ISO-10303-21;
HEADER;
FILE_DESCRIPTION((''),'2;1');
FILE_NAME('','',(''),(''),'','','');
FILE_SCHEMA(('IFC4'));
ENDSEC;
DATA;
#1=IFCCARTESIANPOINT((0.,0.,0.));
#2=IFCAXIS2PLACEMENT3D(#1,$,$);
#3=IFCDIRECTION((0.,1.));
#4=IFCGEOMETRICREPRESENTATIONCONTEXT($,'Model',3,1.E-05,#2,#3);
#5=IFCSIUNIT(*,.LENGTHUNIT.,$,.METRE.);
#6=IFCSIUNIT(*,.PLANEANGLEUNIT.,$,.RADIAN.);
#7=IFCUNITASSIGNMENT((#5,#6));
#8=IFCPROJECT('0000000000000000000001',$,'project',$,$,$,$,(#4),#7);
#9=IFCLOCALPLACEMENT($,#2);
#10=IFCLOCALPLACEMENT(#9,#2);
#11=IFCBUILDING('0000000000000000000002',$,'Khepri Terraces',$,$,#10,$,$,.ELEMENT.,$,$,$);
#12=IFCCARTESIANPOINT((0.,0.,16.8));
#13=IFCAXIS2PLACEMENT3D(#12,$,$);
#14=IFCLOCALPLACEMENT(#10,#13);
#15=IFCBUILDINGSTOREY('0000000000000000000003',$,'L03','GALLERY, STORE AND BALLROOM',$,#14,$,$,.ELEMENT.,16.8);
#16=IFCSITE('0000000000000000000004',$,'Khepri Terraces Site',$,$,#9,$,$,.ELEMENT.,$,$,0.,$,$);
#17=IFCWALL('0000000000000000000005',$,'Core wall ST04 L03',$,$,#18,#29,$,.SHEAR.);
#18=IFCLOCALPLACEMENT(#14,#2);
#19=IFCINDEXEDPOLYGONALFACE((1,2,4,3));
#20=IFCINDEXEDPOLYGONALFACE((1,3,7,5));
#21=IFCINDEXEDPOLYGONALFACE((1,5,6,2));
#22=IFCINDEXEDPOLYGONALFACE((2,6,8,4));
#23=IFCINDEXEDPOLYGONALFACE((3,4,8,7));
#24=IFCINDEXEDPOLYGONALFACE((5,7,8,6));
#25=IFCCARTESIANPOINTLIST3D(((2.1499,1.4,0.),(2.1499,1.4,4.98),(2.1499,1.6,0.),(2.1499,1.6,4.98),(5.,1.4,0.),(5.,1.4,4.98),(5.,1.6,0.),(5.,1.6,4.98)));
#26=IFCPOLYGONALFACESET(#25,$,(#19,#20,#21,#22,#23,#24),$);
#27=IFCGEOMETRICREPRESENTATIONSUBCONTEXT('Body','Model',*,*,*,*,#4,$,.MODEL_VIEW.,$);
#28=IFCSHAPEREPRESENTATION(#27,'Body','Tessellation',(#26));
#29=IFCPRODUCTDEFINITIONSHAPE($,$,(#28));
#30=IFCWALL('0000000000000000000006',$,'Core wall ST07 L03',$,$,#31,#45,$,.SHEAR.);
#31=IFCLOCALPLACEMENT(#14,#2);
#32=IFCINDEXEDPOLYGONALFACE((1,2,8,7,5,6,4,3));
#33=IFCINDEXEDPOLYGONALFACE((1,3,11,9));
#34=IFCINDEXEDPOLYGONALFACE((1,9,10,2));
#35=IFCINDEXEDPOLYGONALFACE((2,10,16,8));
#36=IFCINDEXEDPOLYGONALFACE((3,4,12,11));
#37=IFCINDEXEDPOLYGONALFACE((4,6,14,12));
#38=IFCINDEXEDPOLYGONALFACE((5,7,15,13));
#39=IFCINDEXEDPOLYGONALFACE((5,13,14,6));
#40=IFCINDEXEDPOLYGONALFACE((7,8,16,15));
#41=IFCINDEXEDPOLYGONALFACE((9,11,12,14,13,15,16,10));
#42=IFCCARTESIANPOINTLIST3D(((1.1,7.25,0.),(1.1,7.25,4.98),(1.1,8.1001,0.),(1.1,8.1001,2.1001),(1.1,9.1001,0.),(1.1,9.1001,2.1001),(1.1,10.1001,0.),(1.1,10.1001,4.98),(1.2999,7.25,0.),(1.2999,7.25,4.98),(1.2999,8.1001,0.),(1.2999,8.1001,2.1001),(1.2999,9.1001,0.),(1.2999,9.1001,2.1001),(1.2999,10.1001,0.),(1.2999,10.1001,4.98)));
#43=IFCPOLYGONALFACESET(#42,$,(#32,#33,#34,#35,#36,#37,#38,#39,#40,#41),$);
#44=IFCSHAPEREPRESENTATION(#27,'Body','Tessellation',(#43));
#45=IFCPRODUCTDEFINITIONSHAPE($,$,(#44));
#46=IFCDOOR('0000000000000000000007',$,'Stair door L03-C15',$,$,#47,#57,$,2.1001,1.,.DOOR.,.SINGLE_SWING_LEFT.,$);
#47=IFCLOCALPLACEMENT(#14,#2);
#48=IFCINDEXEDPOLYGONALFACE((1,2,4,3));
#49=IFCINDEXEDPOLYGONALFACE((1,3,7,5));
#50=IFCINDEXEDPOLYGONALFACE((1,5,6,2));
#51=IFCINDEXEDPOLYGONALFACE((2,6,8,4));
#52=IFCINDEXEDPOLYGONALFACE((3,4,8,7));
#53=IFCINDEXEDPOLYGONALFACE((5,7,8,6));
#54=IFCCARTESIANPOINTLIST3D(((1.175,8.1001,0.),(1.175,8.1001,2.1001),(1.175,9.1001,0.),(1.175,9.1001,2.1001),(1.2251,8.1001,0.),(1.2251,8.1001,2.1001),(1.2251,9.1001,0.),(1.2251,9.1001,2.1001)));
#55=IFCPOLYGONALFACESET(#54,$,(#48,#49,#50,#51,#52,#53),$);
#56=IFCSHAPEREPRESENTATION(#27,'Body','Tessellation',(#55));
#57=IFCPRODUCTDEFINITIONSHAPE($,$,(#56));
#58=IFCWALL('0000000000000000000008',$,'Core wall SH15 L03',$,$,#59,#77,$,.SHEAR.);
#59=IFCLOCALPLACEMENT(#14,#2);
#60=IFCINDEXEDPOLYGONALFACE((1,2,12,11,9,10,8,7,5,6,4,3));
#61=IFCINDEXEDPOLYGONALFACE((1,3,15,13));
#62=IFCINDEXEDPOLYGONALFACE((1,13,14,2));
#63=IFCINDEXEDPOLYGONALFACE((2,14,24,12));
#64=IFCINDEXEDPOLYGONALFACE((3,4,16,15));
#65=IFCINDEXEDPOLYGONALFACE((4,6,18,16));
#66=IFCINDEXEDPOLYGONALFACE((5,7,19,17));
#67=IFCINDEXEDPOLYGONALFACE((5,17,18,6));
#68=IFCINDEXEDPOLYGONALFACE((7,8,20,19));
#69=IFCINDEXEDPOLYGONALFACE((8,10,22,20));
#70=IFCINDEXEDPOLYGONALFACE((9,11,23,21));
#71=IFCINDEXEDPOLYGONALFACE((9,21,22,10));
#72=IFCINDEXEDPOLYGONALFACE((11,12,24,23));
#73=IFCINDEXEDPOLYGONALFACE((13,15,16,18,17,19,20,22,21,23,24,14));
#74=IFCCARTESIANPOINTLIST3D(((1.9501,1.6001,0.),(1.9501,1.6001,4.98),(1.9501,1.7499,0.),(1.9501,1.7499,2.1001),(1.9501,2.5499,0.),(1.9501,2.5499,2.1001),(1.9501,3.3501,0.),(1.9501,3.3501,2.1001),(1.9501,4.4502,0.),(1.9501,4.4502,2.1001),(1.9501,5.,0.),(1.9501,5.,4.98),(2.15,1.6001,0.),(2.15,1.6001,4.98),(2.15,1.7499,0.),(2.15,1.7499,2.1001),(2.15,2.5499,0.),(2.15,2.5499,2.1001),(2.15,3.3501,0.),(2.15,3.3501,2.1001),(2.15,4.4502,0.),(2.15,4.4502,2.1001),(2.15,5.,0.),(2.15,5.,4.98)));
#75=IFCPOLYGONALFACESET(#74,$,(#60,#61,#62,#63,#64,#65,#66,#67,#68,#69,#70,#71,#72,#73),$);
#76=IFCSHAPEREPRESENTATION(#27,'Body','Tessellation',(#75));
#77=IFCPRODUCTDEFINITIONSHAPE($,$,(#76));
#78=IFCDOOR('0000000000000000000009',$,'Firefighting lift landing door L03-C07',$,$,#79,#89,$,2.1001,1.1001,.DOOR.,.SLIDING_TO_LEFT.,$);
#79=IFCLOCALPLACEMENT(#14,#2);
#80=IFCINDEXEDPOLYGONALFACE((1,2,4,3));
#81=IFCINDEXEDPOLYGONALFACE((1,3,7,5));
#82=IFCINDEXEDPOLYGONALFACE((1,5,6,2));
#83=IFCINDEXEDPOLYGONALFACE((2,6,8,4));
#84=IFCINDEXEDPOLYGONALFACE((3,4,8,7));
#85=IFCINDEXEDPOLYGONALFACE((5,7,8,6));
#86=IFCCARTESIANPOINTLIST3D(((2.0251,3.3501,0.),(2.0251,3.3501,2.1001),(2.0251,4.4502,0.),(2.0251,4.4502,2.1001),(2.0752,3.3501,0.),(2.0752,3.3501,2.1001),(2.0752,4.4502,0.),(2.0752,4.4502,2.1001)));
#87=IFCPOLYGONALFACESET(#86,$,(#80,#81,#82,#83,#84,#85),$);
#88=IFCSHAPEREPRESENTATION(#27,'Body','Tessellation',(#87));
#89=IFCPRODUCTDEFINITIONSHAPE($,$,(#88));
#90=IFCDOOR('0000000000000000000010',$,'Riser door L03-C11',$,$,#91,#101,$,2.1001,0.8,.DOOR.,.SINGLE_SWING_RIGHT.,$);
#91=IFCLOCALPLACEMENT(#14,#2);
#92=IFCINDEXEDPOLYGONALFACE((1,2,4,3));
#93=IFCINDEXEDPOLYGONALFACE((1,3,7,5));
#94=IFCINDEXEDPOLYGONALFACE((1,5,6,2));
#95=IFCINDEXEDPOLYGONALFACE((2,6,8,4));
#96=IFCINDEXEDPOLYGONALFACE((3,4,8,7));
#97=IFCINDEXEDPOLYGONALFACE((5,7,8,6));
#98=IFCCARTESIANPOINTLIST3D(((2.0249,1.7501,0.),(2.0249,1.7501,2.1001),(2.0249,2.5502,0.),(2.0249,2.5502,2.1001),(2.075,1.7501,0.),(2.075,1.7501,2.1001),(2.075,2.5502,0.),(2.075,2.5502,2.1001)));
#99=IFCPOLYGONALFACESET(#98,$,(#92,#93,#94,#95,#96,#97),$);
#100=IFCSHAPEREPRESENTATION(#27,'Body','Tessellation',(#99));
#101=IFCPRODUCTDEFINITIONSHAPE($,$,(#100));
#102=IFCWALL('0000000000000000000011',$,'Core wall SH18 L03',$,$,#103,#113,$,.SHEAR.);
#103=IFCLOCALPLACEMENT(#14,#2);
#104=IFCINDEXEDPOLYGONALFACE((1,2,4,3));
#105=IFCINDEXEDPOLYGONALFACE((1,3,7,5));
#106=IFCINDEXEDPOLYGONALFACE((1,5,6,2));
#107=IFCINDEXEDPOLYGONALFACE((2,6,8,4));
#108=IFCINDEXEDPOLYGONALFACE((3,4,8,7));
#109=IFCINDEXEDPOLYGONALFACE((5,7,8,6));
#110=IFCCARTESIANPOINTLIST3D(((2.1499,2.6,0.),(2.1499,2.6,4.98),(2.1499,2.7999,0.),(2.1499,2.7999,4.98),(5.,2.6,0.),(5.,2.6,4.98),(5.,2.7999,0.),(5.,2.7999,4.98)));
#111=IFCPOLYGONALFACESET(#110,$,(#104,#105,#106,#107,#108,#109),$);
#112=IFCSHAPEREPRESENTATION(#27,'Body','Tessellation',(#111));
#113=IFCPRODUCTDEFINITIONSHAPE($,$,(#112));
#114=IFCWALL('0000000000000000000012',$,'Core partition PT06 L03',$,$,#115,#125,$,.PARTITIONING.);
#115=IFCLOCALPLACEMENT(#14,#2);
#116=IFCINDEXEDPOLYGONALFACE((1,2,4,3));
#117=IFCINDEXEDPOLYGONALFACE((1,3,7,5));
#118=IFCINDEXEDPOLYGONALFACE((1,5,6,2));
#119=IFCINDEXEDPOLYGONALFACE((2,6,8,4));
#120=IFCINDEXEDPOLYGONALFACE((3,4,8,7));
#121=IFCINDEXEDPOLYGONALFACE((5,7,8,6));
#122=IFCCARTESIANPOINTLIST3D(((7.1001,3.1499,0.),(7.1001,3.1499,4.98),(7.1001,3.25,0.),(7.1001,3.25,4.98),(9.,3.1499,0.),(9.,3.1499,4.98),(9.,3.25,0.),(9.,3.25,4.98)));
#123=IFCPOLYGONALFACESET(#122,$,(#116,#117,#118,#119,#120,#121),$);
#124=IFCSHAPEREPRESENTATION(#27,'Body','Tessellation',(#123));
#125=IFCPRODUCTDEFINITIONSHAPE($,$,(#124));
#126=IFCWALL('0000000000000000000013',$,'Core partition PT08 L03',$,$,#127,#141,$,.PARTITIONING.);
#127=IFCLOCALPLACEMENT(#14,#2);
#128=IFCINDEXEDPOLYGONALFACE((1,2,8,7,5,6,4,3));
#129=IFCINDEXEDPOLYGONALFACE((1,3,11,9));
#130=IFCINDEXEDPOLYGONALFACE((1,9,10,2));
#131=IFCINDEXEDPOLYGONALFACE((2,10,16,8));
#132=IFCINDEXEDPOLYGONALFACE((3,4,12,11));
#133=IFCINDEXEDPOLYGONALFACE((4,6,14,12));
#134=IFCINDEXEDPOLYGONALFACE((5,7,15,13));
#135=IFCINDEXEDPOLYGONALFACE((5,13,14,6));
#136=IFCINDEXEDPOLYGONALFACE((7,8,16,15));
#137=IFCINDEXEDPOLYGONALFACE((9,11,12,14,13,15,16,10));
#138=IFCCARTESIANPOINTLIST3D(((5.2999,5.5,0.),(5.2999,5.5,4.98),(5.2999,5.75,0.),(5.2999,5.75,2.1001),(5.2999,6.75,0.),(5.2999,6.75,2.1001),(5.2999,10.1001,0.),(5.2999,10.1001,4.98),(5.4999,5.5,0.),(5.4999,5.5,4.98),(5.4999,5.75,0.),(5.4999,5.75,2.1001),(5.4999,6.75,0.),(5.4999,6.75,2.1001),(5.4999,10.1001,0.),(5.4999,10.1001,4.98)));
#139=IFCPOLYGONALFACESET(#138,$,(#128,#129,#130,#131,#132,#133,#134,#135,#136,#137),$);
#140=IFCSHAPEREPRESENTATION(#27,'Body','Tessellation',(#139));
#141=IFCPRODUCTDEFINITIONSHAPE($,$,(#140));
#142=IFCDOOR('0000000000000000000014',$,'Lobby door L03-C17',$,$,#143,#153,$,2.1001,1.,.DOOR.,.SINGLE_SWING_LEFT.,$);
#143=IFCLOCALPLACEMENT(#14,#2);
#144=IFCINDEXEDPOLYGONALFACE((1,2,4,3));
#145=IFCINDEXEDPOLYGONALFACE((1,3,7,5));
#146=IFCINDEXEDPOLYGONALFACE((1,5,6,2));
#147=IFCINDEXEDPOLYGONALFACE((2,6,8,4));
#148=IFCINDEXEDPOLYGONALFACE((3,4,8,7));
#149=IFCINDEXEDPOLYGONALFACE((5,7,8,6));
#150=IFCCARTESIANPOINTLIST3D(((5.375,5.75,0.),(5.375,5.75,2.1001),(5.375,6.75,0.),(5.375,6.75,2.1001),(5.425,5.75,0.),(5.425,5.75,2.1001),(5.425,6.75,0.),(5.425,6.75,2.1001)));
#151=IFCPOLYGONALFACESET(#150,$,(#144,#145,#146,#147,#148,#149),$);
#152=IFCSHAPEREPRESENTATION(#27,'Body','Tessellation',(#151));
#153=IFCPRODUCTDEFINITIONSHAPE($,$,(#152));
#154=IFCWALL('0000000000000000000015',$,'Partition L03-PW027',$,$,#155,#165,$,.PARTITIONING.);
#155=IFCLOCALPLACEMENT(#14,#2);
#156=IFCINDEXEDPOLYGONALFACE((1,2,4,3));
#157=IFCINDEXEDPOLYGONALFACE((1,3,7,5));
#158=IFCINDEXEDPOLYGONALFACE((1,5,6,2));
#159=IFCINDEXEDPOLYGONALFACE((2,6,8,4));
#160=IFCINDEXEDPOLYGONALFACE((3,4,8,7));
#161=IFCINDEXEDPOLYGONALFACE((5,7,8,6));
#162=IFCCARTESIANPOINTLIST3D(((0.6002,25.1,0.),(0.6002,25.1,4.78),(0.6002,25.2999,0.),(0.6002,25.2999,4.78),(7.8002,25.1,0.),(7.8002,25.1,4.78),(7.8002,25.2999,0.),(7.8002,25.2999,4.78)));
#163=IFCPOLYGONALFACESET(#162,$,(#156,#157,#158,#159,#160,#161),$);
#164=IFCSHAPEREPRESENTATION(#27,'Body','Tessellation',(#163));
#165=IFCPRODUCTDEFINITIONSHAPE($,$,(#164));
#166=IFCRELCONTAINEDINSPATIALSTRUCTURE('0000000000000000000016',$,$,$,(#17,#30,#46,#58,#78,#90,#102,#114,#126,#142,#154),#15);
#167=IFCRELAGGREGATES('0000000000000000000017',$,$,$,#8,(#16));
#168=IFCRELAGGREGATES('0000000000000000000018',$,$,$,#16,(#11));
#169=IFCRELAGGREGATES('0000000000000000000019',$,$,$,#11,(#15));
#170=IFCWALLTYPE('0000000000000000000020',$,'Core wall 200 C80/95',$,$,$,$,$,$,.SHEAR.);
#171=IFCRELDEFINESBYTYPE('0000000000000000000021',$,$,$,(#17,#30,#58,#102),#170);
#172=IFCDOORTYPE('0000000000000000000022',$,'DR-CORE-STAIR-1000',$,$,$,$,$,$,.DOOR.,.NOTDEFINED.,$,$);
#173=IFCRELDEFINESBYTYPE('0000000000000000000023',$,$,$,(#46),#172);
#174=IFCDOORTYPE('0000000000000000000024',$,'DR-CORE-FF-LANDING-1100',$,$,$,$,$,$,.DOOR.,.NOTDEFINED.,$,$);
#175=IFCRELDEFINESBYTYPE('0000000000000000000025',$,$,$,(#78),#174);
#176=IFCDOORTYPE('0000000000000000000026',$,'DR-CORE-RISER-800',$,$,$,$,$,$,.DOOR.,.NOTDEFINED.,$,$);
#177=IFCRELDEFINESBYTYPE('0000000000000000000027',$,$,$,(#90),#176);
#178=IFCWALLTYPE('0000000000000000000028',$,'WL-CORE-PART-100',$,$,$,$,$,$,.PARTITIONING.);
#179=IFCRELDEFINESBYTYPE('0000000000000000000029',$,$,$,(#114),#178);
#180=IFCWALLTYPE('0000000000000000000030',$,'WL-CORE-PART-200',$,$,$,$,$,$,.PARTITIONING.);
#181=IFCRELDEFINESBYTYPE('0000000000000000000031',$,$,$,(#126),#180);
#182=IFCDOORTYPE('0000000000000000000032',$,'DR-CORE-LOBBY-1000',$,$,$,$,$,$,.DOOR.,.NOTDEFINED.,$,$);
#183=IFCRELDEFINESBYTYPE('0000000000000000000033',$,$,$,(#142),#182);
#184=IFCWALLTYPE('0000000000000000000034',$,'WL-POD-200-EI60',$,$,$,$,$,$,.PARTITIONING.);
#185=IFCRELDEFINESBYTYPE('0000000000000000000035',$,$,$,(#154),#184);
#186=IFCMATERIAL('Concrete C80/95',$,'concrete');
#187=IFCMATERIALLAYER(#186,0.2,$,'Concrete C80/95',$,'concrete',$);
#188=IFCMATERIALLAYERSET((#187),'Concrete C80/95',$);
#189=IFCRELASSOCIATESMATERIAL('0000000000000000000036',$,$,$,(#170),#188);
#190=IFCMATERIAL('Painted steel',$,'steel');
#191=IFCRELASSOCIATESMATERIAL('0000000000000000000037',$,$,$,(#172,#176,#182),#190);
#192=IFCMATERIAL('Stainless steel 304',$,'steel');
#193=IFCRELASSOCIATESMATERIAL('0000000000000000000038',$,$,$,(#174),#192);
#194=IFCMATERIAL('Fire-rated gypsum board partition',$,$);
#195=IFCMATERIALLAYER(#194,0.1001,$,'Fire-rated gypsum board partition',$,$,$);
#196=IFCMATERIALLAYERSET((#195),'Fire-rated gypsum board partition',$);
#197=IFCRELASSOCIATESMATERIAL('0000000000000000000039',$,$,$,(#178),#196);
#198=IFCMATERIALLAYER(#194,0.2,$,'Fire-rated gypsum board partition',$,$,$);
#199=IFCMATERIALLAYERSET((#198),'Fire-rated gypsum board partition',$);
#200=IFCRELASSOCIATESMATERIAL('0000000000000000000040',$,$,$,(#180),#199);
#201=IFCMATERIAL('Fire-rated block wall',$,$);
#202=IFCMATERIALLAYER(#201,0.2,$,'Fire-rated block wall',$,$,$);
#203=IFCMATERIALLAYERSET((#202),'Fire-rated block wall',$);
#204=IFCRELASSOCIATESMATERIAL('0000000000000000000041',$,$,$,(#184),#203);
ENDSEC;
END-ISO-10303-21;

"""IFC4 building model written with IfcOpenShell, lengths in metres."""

from ifc_helpers import new_model, si_unit, direction, frame, frame_2d, origin, place, context, subcontext, project, spatial, rectangle, extrude, material, layer, layer_set, type_object, element, fill, save


model = new_model("IFC4")

# Units and contexts
model_context = context("Model", 3, precision=1e-05, world=origin(), true_north=direction((0.0, 1.0)))
body_context = subcontext(model_context, "Body", "Model", "MODEL_VIEW")
ifc_project = project(units=[si_unit("LENGTHUNIT", "METRE"), si_unit("PLANEANGLEUNIT", "RADIAN")], contexts=[model_context])

# Site, building, storey
site_placement = place(None, origin())
site = spatial("IfcSite", under=ifc_project, at=site_placement, Name="Khepri Terraces Site", CompositionType="ELEMENT", RefElevation=0.0)
building_placement = place(site_placement, origin())
building = spatial("IfcBuilding", under=site, at=building_placement, Name="Khepri Terraces", CompositionType="ELEMENT")
storey_placement = place(building_placement, frame((0.0, 0.0, 16.8)))
storey = spatial("IfcBuildingStorey", under=building, at=storey_placement, Name="L03", Description="GALLERY, STORE AND BALLROOM", CompositionType="ELEMENT", Elevation=16.8)

# Shared definitions
ifc_material_1 = material(Name="Concrete C80/95", Category="concrete")

# Wall
ifc_layer_1 = layer(ifc_material_1, 0.2, Name="Concrete C80/95", Category="concrete")
ifc_layer_set_1 = layer_set([ifc_layer_1], Name="Concrete C80/95")
wall_type_1 = type_object("IfcWallType", Name="Core wall 200 C80/95", PredefinedType="SHEAR", material=ifc_layer_set_1)
wall_1_placement = place(storey_placement, frame((2.1499, 1.5, 0.0), z_axis=(0.0, 0.0, 1.0), x_axis=(1.0, 0.0, 0.0)))
element("IfcWall", 1, at=wall_1_placement, inside=storey, type_object=wall_type_1, Name="Core wall ST04 L03", PredefinedType="SHEAR", context=body_context, shape_type="SweptSolid", body=[
    extrude(rectangle(XDim=2.8501, YDim=0.2, at=frame_2d((1.425, 0.0))), origin(), (0.0, 0.0, 1.0), 4.98),
])

# Wall, opening, door
wall_2_placement = place(storey_placement, frame((1.2, 7.25, 0.0), z_axis=(0.0, 0.0, 1.0), x_axis=(0.0, 1.0, 0.0)))
wall_2 = element("IfcWall", 2, at=wall_2_placement, inside=storey, type_object=wall_type_1, Name="Core wall ST07 L03", PredefinedType="SHEAR", context=body_context, shape_type="SweptSolid", body=[
    extrude(rectangle(XDim=2.8501, YDim=0.2, at=frame_2d((1.425, 0.0))), origin(), (0.0, 0.0, 1.0), 4.98),
])
opening_1_placement = place(wall_2_placement, frame((0.8501, 0.0, 0.0)))
opening_1 = element("IfcOpeningElement", 3, at=opening_1_placement, cuts=wall_2, PredefinedType="OPENING", context=body_context, shape_type="SweptSolid", body=[
    extrude(rectangle(XDim=1.0, YDim=2.1001, at=frame_2d((0.5, 1.05))), frame((0.0, 0.1099, 0.0), z_axis=(0.0, -1.0, 0.0), x_axis=(1.0, 0.0, 0.0)), (0.0, 0.0, 1.0), 0.22),
])
ifc_material_2 = material(Name="Painted steel", Category="steel")
door_type_1 = type_object("IfcDoorType", Name="DR-CORE-STAIR-1000", OperationType="NOTDEFINED", PredefinedType="DOOR", material=ifc_material_2)
door_1_placement = place(opening_1_placement, origin())
door_1 = element("IfcDoor", 4, at=door_1_placement, inside=storey, type_object=door_type_1, Name="Stair door L03-C15", OperationType="SINGLE_SWING_LEFT", OverallHeight=2.1001, OverallWidth=1.0, PredefinedType="DOOR", context=body_context, shape_type="SweptSolid", body=[
    extrude(rectangle(XDim=1.0, YDim=2.1001, at=frame_2d((0.5, 1.05))), frame((0.0, 0.0249, 0.0), z_axis=(0.0, -1.0, 0.0), x_axis=(1.0, 0.0, 0.0)), (0.0, 0.0, 1.0), 0.05),
])
fill(opening_1, door_1)

# Wall, openings, doors
wall_3_placement = place(storey_placement, frame((2.05, 1.6001, 0.0), z_axis=(0.0, 0.0, 1.0), x_axis=(0.0, 1.0, 0.0)))
wall_3 = element("IfcWall", 5, at=wall_3_placement, inside=storey, type_object=wall_type_1, Name="Core wall SH15 L03", PredefinedType="SHEAR", context=body_context, shape_type="SweptSolid", body=[
    extrude(rectangle(XDim=3.3999, YDim=0.2, at=frame_2d((1.7, 0.0))), origin(), (0.0, 0.0, 1.0), 4.98),
])
opening_2_placement = place(wall_3_placement, frame((1.75, 0.0, 0.0)))
opening_2 = element("IfcOpeningElement", 6, at=opening_2_placement, cuts=wall_3, PredefinedType="OPENING", context=body_context, shape_type="SweptSolid", body=[
    extrude(rectangle(XDim=1.1001, YDim=2.1001, at=frame_2d((0.55, 1.05))), frame((0.0, 0.1099, 0.0), z_axis=(0.0, -1.0, 0.0), x_axis=(1.0, 0.0, 0.0)), (0.0, 0.0, 1.0), 0.22),
])
opening_3_placement = place(wall_3_placement, frame((0.1499, 0.0, 0.0)))
opening_3 = element("IfcOpeningElement", 7, at=opening_3_placement, cuts=wall_3, PredefinedType="OPENING", context=body_context, shape_type="SweptSolid", body=[
    extrude(rectangle(XDim=0.8, YDim=2.1001, at=frame_2d((0.3999, 1.05))), frame((0.0, 0.1099, 0.0), z_axis=(0.0, -1.0, 0.0), x_axis=(1.0, 0.0, 0.0)), (0.0, 0.0, 1.0), 0.22),
])
ifc_material_3 = material(Name="Stainless steel 304", Category="steel")
door_type_2 = type_object("IfcDoorType", Name="DR-CORE-FF-LANDING-1100", OperationType="NOTDEFINED", PredefinedType="DOOR", material=ifc_material_3)
door_2_placement = place(opening_2_placement, origin())
door_2 = element("IfcDoor", 8, at=door_2_placement, inside=storey, type_object=door_type_2, Name="Firefighting lift landing door L03-C07", OperationType="SLIDING_TO_LEFT", OverallHeight=2.1001, OverallWidth=1.1001, PredefinedType="DOOR", context=body_context, shape_type="SweptSolid", body=[
    extrude(rectangle(XDim=1.1001, YDim=2.1001, at=frame_2d((0.55, 1.05))), frame((0.0, 0.0249, 0.0), z_axis=(0.0, -1.0, 0.0), x_axis=(1.0, 0.0, 0.0)), (0.0, 0.0, 1.0), 0.05),
])
fill(opening_2, door_2)
door_type_3 = type_object("IfcDoorType", Name="DR-CORE-RISER-800", OperationType="NOTDEFINED", PredefinedType="DOOR", material=ifc_material_2)
door_3_placement = place(opening_3_placement, frame((0.8, 0.0, 0.0), z_axis=(0.0, 0.0, 1.0), x_axis=(-1.0, 0.0, 0.0)))
door_3 = element("IfcDoor", 9, at=door_3_placement, inside=storey, type_object=door_type_3, Name="Riser door L03-C11", OperationType="SINGLE_SWING_RIGHT", OverallHeight=2.1001, OverallWidth=0.8, PredefinedType="DOOR", context=body_context, shape_type="SweptSolid", body=[
    extrude(rectangle(XDim=0.8, YDim=2.1001, at=frame_2d((0.3999, 1.05))), frame((0.0, 0.0249, 0.0), z_axis=(0.0, -1.0, 0.0), x_axis=(1.0, 0.0, 0.0)), (0.0, 0.0, 1.0), 0.05),
])
fill(opening_3, door_3)

# Walls
wall_4_placement = place(storey_placement, frame((2.1499, 2.7, 0.0), z_axis=(0.0, 0.0, 1.0), x_axis=(1.0, 0.0, 0.0)))
element("IfcWall", 10, at=wall_4_placement, inside=storey, type_object=wall_type_1, Name="Core wall SH18 L03", PredefinedType="SHEAR", context=body_context, shape_type="SweptSolid", body=[
    extrude(rectangle(XDim=2.8501, YDim=0.2, at=frame_2d((1.425, 0.0))), origin(), (0.0, 0.0, 1.0), 4.98),
])
ifc_material_4 = material(Name="Fire-rated gypsum board partition")
ifc_layer_2 = layer(ifc_material_4, 0.1001, Name="Fire-rated gypsum board partition")
ifc_layer_set_2 = layer_set([ifc_layer_2], Name="Fire-rated gypsum board partition")
wall_type_2 = type_object("IfcWallType", Name="WL-CORE-PART-100", PredefinedType="PARTITIONING", material=ifc_layer_set_2)
wall_5_placement = place(storey_placement, frame((7.1001, 3.2, 0.0), z_axis=(0.0, 0.0, 1.0), x_axis=(1.0, 0.0, 0.0)))
element("IfcWall", 11, at=wall_5_placement, inside=storey, type_object=wall_type_2, Name="Core partition PT06 L03", PredefinedType="PARTITIONING", context=body_context, shape_type="SweptSolid", body=[
    extrude(rectangle(XDim=1.8999, YDim=0.1001, at=frame_2d((0.95, 0.0))), origin(), (0.0, 0.0, 1.0), 4.98),
])

# Wall, opening, door
ifc_layer_3 = layer(ifc_material_4, 0.2, Name="Fire-rated gypsum board partition")
ifc_layer_set_3 = layer_set([ifc_layer_3], Name="Fire-rated gypsum board partition")
wall_type_3 = type_object("IfcWallType", Name="WL-CORE-PART-200", PredefinedType="PARTITIONING", material=ifc_layer_set_3)
wall_6_placement = place(storey_placement, frame((5.3999, 5.5, 0.0), z_axis=(0.0, 0.0, 1.0), x_axis=(0.0, 1.0, 0.0)))
wall_6 = element("IfcWall", 12, at=wall_6_placement, inside=storey, type_object=wall_type_3, Name="Core partition PT08 L03", PredefinedType="PARTITIONING", context=body_context, shape_type="SweptSolid", body=[
    extrude(rectangle(XDim=4.6001, YDim=0.2, at=frame_2d((2.3, 0.0))), origin(), (0.0, 0.0, 1.0), 4.98),
])
opening_4_placement = place(wall_6_placement, frame((0.25, 0.0, 0.0)))
opening_4 = element("IfcOpeningElement", 13, at=opening_4_placement, cuts=wall_6, PredefinedType="OPENING", context=body_context, shape_type="SweptSolid", body=[
    extrude(rectangle(XDim=1.0, YDim=2.1001, at=frame_2d((0.5, 1.05))), frame((0.0, 0.1099, 0.0), z_axis=(0.0, -1.0, 0.0), x_axis=(1.0, 0.0, 0.0)), (0.0, 0.0, 1.0), 0.22),
])
door_type_4 = type_object("IfcDoorType", Name="DR-CORE-LOBBY-1000", OperationType="NOTDEFINED", PredefinedType="DOOR", material=ifc_material_2)
door_4_placement = place(opening_4_placement, origin())
door_4 = element("IfcDoor", 14, at=door_4_placement, inside=storey, type_object=door_type_4, Name="Lobby door L03-C17", OperationType="SINGLE_SWING_LEFT", OverallHeight=2.1001, OverallWidth=1.0, PredefinedType="DOOR", context=body_context, shape_type="SweptSolid", body=[
    extrude(rectangle(XDim=1.0, YDim=2.1001, at=frame_2d((0.5, 1.05))), frame((0.0, 0.0249, 0.0), z_axis=(0.0, -1.0, 0.0), x_axis=(1.0, 0.0, 0.0)), (0.0, 0.0, 1.0), 0.05),
])
fill(opening_4, door_4)

# Wall
ifc_material_5 = material(Name="Fire-rated block wall")
ifc_layer_4 = layer(ifc_material_5, 0.2, Name="Fire-rated block wall")
ifc_layer_set_4 = layer_set([ifc_layer_4], Name="Fire-rated block wall")
wall_type_4 = type_object("IfcWallType", Name="WL-POD-200-EI60", PredefinedType="PARTITIONING", material=ifc_layer_set_4)
wall_7_placement = place(storey_placement, frame((0.6001, 25.2, 0.0), z_axis=(0.0, 0.0, 1.0), x_axis=(1.0, 0.0, 0.0)))
element("IfcWall", 15, at=wall_7_placement, inside=storey, type_object=wall_type_4, Name="Partition L03-PW027", PredefinedType="PARTITIONING", context=body_context, shape_type="SweptSolid", body=[
    extrude(rectangle(XDim=7.2, YDim=0.2, at=frame_2d((3.6001, 0.0))), origin(), (0.0, 0.0, 1.0), 4.78),
])

save(model, "model.ifc")
